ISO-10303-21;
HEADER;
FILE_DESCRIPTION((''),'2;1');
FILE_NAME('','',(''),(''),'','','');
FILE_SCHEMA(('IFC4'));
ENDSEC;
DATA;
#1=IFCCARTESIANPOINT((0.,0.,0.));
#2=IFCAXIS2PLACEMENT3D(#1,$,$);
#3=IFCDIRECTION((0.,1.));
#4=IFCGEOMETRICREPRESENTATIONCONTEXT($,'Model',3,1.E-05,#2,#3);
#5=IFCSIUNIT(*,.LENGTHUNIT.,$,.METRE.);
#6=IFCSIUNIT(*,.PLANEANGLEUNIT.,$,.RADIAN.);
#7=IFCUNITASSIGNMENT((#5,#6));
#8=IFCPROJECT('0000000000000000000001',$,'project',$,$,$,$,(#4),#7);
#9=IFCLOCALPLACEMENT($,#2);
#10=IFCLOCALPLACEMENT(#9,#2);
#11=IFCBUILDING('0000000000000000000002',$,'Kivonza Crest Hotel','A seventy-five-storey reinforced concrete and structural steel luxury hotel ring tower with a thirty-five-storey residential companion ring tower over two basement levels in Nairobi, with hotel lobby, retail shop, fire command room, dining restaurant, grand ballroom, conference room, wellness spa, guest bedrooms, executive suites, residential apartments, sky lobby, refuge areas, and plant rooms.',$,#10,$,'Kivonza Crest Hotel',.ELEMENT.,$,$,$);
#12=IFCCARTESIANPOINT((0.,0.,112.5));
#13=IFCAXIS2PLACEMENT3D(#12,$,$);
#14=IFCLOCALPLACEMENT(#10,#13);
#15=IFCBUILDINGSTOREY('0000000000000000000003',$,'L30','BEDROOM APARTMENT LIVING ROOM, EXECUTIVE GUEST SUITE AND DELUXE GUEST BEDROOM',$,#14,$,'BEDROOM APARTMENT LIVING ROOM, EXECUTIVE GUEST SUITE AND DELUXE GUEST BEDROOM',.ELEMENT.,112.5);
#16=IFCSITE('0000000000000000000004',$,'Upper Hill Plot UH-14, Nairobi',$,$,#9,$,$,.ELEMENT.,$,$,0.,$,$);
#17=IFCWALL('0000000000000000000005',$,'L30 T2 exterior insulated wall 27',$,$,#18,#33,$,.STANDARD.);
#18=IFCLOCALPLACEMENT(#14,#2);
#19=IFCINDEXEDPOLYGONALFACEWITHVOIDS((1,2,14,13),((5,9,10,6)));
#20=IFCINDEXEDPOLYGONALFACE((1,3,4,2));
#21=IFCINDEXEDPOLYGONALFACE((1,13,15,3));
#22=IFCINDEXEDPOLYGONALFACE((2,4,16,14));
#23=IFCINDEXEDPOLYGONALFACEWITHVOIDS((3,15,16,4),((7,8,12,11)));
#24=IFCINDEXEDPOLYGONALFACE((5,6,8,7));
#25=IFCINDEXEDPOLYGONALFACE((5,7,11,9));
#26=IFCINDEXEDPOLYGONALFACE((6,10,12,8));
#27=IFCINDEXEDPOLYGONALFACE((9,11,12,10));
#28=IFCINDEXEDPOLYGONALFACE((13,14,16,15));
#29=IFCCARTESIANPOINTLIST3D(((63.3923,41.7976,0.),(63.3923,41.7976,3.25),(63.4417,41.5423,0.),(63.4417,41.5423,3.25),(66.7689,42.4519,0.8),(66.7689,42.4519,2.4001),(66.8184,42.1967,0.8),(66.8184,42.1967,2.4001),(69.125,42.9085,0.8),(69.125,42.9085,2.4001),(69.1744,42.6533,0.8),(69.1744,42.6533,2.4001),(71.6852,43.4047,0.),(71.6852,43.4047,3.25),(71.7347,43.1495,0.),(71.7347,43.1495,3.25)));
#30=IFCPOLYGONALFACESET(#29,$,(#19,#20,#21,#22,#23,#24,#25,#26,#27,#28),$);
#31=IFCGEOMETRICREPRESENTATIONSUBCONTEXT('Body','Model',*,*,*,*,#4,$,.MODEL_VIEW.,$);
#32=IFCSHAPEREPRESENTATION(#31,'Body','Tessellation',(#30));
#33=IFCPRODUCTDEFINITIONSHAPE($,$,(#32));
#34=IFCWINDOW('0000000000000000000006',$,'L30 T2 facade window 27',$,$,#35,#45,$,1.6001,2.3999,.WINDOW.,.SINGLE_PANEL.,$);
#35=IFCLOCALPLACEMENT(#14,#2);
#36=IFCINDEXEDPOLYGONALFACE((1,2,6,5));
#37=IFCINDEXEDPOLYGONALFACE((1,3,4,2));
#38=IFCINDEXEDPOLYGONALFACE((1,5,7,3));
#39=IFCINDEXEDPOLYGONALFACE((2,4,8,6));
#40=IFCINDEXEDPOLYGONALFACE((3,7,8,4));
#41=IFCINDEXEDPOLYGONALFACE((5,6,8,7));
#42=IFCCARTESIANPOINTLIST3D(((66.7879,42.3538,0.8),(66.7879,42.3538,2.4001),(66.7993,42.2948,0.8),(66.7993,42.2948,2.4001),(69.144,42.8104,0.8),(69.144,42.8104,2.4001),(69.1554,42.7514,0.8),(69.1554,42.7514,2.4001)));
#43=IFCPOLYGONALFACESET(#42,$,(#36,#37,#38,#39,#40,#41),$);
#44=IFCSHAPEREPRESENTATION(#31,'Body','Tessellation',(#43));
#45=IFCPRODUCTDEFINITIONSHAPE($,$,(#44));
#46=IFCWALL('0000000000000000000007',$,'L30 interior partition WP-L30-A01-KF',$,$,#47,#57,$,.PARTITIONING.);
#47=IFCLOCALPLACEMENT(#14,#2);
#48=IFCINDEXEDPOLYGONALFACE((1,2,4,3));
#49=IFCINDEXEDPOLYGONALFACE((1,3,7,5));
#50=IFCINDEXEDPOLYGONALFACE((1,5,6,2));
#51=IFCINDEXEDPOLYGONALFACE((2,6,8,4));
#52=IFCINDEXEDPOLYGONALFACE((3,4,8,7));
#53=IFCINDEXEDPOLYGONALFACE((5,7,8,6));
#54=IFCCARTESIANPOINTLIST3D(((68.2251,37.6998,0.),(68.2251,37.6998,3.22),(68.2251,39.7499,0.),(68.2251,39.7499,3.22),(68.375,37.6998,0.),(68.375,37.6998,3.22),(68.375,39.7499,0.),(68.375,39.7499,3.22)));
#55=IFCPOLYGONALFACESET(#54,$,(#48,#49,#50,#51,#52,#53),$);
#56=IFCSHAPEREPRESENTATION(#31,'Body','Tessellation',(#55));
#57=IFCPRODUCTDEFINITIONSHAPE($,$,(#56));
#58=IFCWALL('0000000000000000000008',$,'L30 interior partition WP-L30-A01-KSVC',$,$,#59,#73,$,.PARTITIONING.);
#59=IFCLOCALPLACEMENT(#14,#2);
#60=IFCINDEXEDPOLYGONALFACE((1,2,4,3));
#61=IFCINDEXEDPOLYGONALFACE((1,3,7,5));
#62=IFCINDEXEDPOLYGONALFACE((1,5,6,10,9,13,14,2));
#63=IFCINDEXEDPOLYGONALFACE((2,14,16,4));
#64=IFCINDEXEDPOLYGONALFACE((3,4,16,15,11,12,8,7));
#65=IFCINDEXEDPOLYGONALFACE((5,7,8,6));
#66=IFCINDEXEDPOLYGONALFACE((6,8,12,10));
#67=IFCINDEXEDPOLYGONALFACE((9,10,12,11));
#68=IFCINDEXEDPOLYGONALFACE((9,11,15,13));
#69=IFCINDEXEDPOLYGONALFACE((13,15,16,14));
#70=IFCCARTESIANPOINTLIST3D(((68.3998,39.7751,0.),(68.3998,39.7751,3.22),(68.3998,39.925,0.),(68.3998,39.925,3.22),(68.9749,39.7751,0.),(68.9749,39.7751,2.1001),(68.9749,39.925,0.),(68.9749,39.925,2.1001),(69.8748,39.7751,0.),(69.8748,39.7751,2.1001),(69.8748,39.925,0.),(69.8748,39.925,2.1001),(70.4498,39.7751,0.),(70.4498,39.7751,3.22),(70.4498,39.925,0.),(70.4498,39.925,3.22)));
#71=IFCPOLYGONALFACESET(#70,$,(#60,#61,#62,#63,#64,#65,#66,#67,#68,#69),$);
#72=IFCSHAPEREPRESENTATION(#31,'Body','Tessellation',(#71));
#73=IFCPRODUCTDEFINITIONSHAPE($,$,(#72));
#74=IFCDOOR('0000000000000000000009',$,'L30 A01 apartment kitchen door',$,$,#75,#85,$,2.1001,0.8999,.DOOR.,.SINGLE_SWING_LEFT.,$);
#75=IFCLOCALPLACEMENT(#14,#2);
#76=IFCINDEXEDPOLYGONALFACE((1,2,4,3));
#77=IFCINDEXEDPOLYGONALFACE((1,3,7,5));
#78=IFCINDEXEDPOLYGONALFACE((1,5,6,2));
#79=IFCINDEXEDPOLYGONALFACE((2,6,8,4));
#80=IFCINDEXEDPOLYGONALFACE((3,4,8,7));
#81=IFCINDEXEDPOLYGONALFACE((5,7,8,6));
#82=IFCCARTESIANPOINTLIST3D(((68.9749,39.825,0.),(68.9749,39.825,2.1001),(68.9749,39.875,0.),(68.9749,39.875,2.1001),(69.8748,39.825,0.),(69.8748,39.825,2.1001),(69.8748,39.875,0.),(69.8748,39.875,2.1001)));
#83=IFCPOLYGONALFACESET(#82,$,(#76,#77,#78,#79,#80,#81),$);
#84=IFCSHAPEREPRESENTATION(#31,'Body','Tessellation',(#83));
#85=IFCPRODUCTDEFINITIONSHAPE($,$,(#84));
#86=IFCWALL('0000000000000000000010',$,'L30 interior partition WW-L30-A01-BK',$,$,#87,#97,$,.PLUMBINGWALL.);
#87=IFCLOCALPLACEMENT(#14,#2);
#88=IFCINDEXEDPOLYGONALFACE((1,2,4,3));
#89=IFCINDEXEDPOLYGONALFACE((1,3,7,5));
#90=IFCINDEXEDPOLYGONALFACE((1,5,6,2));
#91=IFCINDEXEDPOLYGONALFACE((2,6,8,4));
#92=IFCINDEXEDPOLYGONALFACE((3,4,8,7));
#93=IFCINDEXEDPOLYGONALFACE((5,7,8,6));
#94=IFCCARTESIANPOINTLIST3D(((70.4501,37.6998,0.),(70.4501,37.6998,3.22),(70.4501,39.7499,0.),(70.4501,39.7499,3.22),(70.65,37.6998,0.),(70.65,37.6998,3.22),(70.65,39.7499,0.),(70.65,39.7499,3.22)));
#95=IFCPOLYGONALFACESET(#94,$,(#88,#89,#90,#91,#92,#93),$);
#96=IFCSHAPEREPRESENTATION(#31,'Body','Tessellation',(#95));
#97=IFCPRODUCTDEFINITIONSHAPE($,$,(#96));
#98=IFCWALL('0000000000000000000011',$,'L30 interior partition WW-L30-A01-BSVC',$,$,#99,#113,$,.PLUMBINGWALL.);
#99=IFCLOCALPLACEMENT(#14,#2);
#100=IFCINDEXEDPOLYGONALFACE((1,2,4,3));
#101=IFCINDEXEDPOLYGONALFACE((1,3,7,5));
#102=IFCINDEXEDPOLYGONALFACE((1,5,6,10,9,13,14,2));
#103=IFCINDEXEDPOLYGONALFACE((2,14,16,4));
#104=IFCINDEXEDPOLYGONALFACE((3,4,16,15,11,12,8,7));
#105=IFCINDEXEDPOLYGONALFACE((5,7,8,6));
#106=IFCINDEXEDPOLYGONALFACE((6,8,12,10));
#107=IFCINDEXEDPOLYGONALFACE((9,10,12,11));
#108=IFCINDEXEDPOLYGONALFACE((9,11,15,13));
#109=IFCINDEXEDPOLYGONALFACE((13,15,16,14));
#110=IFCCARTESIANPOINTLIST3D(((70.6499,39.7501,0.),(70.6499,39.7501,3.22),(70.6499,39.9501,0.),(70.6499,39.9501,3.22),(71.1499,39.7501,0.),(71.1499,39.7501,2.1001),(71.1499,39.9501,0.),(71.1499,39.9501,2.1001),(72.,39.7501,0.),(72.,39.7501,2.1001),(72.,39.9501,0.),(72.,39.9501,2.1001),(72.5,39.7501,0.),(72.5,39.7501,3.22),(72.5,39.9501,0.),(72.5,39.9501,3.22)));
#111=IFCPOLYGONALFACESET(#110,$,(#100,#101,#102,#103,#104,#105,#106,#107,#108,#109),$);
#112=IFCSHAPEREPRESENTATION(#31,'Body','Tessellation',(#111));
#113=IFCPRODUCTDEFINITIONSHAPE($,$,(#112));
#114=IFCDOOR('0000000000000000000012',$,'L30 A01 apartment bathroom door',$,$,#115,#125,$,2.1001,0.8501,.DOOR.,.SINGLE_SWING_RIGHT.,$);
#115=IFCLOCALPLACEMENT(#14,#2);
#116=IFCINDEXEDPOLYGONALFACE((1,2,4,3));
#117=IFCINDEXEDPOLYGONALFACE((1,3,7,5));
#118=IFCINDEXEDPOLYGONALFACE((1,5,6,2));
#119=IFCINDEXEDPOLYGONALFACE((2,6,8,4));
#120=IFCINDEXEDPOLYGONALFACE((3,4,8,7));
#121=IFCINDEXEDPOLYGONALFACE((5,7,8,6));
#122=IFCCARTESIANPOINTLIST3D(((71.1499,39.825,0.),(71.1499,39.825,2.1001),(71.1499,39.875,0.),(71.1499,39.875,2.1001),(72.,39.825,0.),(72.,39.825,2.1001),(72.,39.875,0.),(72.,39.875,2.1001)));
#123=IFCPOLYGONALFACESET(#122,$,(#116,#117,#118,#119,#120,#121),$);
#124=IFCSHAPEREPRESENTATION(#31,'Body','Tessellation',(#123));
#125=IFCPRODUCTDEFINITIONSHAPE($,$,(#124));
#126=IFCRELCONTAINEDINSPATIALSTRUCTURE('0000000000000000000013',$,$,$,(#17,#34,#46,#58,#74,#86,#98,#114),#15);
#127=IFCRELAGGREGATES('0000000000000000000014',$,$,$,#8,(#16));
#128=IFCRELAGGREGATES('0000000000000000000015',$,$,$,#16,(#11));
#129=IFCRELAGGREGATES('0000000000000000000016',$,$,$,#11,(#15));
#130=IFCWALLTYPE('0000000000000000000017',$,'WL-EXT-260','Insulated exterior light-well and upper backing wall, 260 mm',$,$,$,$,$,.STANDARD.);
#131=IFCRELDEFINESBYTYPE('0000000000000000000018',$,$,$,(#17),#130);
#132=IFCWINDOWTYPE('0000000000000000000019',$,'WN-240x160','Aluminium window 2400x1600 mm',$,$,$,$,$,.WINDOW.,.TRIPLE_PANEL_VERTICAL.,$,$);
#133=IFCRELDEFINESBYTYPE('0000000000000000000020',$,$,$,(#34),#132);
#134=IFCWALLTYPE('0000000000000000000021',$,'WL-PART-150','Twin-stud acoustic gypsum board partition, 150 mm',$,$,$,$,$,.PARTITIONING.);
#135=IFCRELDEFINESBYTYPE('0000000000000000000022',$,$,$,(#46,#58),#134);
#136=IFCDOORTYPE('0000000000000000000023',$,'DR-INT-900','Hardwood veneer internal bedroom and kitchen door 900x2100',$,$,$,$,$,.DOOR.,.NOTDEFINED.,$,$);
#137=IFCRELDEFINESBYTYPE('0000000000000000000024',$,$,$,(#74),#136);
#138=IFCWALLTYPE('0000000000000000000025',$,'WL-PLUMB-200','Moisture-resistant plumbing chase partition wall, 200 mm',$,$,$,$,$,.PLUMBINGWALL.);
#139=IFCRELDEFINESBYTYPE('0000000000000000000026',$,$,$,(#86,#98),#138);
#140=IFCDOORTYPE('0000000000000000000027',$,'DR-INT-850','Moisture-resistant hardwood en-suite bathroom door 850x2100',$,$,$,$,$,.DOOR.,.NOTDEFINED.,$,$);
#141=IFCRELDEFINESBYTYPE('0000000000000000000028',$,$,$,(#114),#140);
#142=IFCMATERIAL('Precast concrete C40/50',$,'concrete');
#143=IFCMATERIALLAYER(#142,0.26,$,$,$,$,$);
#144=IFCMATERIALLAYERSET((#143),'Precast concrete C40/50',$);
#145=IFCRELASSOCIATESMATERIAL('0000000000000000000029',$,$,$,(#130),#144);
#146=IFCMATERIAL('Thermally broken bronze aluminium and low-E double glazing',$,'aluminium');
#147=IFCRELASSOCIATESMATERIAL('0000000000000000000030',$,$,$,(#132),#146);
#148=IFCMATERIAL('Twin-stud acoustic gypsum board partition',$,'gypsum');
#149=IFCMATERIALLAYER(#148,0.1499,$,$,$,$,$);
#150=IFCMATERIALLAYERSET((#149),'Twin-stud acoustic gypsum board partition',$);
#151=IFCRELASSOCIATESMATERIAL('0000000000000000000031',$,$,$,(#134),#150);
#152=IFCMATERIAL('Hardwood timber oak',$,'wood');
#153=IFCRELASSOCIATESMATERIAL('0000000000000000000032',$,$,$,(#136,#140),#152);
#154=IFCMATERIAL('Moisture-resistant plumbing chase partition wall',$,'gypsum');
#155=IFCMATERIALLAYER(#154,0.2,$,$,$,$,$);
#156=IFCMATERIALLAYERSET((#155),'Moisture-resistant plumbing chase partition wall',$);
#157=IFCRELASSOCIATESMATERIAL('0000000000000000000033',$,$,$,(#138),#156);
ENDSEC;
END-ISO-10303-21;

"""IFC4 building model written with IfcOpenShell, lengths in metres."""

from ifc_helpers import new_model, si_unit, direction, frame, frame_2d, origin, place, context, subcontext, project, spatial, rectangle, extrude, material, layer, layer_set, type_object, element, fill, save


model = new_model("IFC4")

# Units and contexts
model_context = context("Model", 3, precision=1e-05, world=origin(), true_north=direction((0.0, 1.0)))
body_context = subcontext(model_context, "Body", "Model", "MODEL_VIEW")
ifc_project = project(units=[si_unit("LENGTHUNIT", "METRE"), si_unit("PLANEANGLEUNIT", "RADIAN")], contexts=[model_context])

# Site, building, storey
site_placement = place(None, origin())
site = spatial("IfcSite", under=ifc_project, at=site_placement, Name="Upper Hill Plot UH-14, Nairobi", CompositionType="ELEMENT", RefElevation=0.0)
building_placement = place(site_placement, origin())
building = spatial("IfcBuilding", under=site, at=building_placement, Name="Kivonza Crest Hotel", Description="A seventy-five-storey reinforced concrete and structural steel luxury hotel ring tower with a thirty-five-storey residential companion ring tower over two basement levels in Nairobi, with hotel lobby, retail shop, fire command room, dining restaurant, grand ballroom, conference room, wellness spa, guest bedrooms, executive suites, residential apartments, sky lobby, refuge areas, and plant rooms.", LongName="Kivonza Crest Hotel", CompositionType="ELEMENT")
storey_placement = place(building_placement, frame((0.0, 0.0, 112.5)))
storey = spatial("IfcBuildingStorey", under=building, at=storey_placement, Name="L30", Description="BEDROOM APARTMENT LIVING ROOM, EXECUTIVE GUEST SUITE AND DELUXE GUEST BEDROOM", LongName="BEDROOM APARTMENT LIVING ROOM, EXECUTIVE GUEST SUITE AND DELUXE GUEST BEDROOM", CompositionType="ELEMENT", Elevation=112.5)

# Shared definitions
ifc_material_1 = material(Name="Hardwood timber oak", Category="wood")

# Wall, opening, window
ifc_material_2 = material(Name="Precast concrete C40/50", Category="concrete")
ifc_layer_1 = layer(ifc_material_2, 0.26)
ifc_layer_set_1 = layer_set([ifc_layer_1], Name="Precast concrete C40/50")
wall_type_1 = type_object("IfcWallType", Name="WL-EXT-260", Description="Insulated exterior light-well and upper backing wall, 260 mm", PredefinedType="STANDARD", material=ifc_layer_set_1)
wall_1_placement = place(storey_placement, frame((71.71, 43.2771, 0.0), z_axis=(0.0, 0.0, 1.0), x_axis=(-0.981734, -0.19026, 0.0)))
wall_1 = element("IfcWall", 1, at=wall_1_placement, inside=storey, type_object=wall_type_1, Name="L30 T2 exterior insulated wall 27", PredefinedType="STANDARD", context=body_context, shape_type="SweptSolid", body=[
    extrude(rectangle(XDim=8.4473, YDim=0.26, at=frame_2d((4.2236, 0.0))), origin(), (0.0, 0.0, 1.0), 3.25),
])
opening_1_placement = place(wall_1_placement, frame((2.6079, 0.0, 0.8)))
opening_1 = element("IfcOpeningElement", 2, at=opening_1_placement, cuts=wall_1, PredefinedType="OPENING", context=body_context, shape_type="SweptSolid", body=[
    extrude(rectangle(XDim=2.3999, YDim=1.6001, at=frame_2d((1.2, 0.8))), frame((0.0, 0.1401, 0.0), z_axis=(0.0, -1.0, 0.0), x_axis=(1.0, 0.0, 0.0)), (0.0, 0.0, 1.0), 0.28),
])
ifc_material_3 = material(Name="Thermally broken bronze aluminium and low-E double glazing", Category="aluminium")
window_type = type_object("IfcWindowType", Name="WN-240x160", Description="Aluminium window 2400x1600 mm", PartitioningType="TRIPLE_PANEL_VERTICAL", PredefinedType="WINDOW", material=ifc_material_3)
window_placement = place(opening_1_placement, origin())
window = element("IfcWindow", 3, at=window_placement, inside=storey, type_object=window_type, Name="L30 T2 facade window 27", OverallHeight=1.6001, OverallWidth=2.3999, PartitioningType="SINGLE_PANEL", PredefinedType="WINDOW", context=body_context, shape_type="SweptSolid", body=[
    extrude(rectangle(XDim=2.3999, YDim=1.6001, at=frame_2d((1.2, 0.8))), frame((0.0, 0.03, 0.0), z_axis=(0.0, -1.0, 0.0), x_axis=(1.0, 0.0, 0.0)), (0.0, 0.0, 1.0), 0.0601),
])
fill(opening_1, window)

# Wall
ifc_material_4 = material(Name="Twin-stud acoustic gypsum board partition", Category="gypsum")
ifc_layer_2 = layer(ifc_material_4, 0.1499)
ifc_layer_set_2 = layer_set([ifc_layer_2], Name="Twin-stud acoustic gypsum board partition")
wall_type_2 = type_object("IfcWallType", Name="WL-PART-150", Description="Twin-stud acoustic gypsum board partition, 150 mm", PredefinedType="PARTITIONING", material=ifc_layer_set_2)
wall_2_placement = place(storey_placement, frame((68.3, 37.7, 0.0), z_axis=(0.0, 0.0, 1.0), x_axis=(0.0, 1.0, 0.0)))
element("IfcWall", 4, at=wall_2_placement, inside=storey, type_object=wall_type_2, Name="L30 interior partition WP-L30-A01-KF", PredefinedType="PARTITIONING", context=body_context, shape_type="SweptSolid", body=[
    extrude(rectangle(XDim=2.05, YDim=0.1499, at=frame_2d((1.0249, 0.0))), origin(), (0.0, 0.0, 1.0), 3.22),
])

# Wall, opening, door
wall_3_placement = place(storey_placement, frame((68.3999, 39.8501, 0.0), z_axis=(0.0, 0.0, 1.0), x_axis=(1.0, 0.0, 0.0)))
wall_3 = element("IfcWall", 5, at=wall_3_placement, inside=storey, type_object=wall_type_2, Name="L30 interior partition WP-L30-A01-KSVC", PredefinedType="PARTITIONING", context=body_context, shape_type="SweptSolid", body=[
    extrude(rectangle(XDim=2.05, YDim=0.1499, at=frame_2d((1.0249, 0.0))), origin(), (0.0, 0.0, 1.0), 3.22),
])
opening_2_placement = place(wall_3_placement, frame((0.575, 0.0, 0.0)))
opening_2 = element("IfcOpeningElement", 6, at=opening_2_placement, cuts=wall_3, PredefinedType="OPENING", context=body_context, shape_type="SweptSolid", body=[
    extrude(rectangle(XDim=0.8999, YDim=2.1001, at=frame_2d((0.45, 1.05))), frame((0.0, 0.085, 0.0), z_axis=(0.0, -1.0, 0.0), x_axis=(1.0, 0.0, 0.0)), (0.0, 0.0, 1.0), 0.1699),
])
door_type_1 = type_object("IfcDoorType", Name="DR-INT-900", Description="Hardwood veneer internal bedroom and kitchen door 900x2100", OperationType="NOTDEFINED", PredefinedType="DOOR", material=ifc_material_1)
door_1_placement = place(opening_2_placement, origin())
door_1 = element("IfcDoor", 7, at=door_1_placement, inside=storey, type_object=door_type_1, Name="L30 A01 apartment kitchen door", OperationType="SINGLE_SWING_LEFT", OverallHeight=2.1001, OverallWidth=0.8999, PredefinedType="DOOR", context=body_context, shape_type="SweptSolid", body=[
    extrude(rectangle(XDim=0.8999, YDim=2.1001, at=frame_2d((0.45, 1.05))), frame((0.0, 0.0249, 0.0), z_axis=(0.0, -1.0, 0.0), x_axis=(1.0, 0.0, 0.0)), (0.0, 0.0, 1.0), 0.05),
])
fill(opening_2, door_1)

# Wall
ifc_material_5 = material(Name="Moisture-resistant plumbing chase partition wall", Category="gypsum")
ifc_layer_3 = layer(ifc_material_5, 0.2)
ifc_layer_set_3 = layer_set([ifc_layer_3], Name="Moisture-resistant plumbing chase partition wall")
wall_type_3 = type_object("IfcWallType", Name="WL-PLUMB-200", Description="Moisture-resistant plumbing chase partition wall, 200 mm", PredefinedType="PLUMBINGWALL", material=ifc_layer_set_3)
wall_4_placement = place(storey_placement, frame((70.55, 37.7, 0.0), z_axis=(0.0, 0.0, 1.0), x_axis=(0.0, 1.0, 0.0)))
element("IfcWall", 8, at=wall_4_placement, inside=storey, type_object=wall_type_3, Name="L30 interior partition WW-L30-A01-BK", PredefinedType="PLUMBINGWALL", context=body_context, shape_type="SweptSolid", body=[
    extrude(rectangle(XDim=2.05, YDim=0.2, at=frame_2d((1.0249, 0.0))), origin(), (0.0, 0.0, 1.0), 3.22),
])

# Wall, opening, door
wall_5_placement = place(storey_placement, frame((70.6499, 39.8501, 0.0), z_axis=(0.0, 0.0, 1.0), x_axis=(1.0, 0.0, 0.0)))
wall_5 = element("IfcWall", 9, at=wall_5_placement, inside=storey, type_object=wall_type_3, Name="L30 interior partition WW-L30-A01-BSVC", PredefinedType="PLUMBINGWALL", context=body_context, shape_type="SweptSolid", body=[
    extrude(rectangle(XDim=1.8501, YDim=0.2, at=frame_2d((0.925, 0.0))), origin(), (0.0, 0.0, 1.0), 3.22),
])
opening_3_placement = place(wall_5_placement, frame((0.5, 0.0, 0.0)))
opening_3 = element("IfcOpeningElement", 10, at=opening_3_placement, cuts=wall_5, PredefinedType="OPENING", context=body_context, shape_type="SweptSolid", body=[
    extrude(rectangle(XDim=0.8501, YDim=2.1001, at=frame_2d((0.425, 1.05))), frame((0.0, 0.1099, 0.0), z_axis=(0.0, -1.0, 0.0), x_axis=(1.0, 0.0, 0.0)), (0.0, 0.0, 1.0), 0.22),
])
door_type_2 = type_object("IfcDoorType", Name="DR-INT-850", Description="Moisture-resistant hardwood en-suite bathroom door 850x2100", OperationType="NOTDEFINED", PredefinedType="DOOR", material=ifc_material_1)
door_2_placement = place(opening_3_placement, origin())
door_2 = element("IfcDoor", 11, at=door_2_placement, inside=storey, type_object=door_type_2, Name="L30 A01 apartment bathroom door", OperationType="SINGLE_SWING_RIGHT", OverallHeight=2.1001, OverallWidth=0.8501, PredefinedType="DOOR", context=body_context, shape_type="SweptSolid", body=[
    extrude(rectangle(XDim=0.8501, YDim=2.1001, at=frame_2d((0.425, 1.05))), frame((0.0, 0.0249, 0.0), z_axis=(0.0, -1.0, 0.0), x_axis=(1.0, 0.0, 0.0)), (0.0, 0.0, 1.0), 0.05),
])
fill(opening_3, door_2)

save(model, "model.ifc")
